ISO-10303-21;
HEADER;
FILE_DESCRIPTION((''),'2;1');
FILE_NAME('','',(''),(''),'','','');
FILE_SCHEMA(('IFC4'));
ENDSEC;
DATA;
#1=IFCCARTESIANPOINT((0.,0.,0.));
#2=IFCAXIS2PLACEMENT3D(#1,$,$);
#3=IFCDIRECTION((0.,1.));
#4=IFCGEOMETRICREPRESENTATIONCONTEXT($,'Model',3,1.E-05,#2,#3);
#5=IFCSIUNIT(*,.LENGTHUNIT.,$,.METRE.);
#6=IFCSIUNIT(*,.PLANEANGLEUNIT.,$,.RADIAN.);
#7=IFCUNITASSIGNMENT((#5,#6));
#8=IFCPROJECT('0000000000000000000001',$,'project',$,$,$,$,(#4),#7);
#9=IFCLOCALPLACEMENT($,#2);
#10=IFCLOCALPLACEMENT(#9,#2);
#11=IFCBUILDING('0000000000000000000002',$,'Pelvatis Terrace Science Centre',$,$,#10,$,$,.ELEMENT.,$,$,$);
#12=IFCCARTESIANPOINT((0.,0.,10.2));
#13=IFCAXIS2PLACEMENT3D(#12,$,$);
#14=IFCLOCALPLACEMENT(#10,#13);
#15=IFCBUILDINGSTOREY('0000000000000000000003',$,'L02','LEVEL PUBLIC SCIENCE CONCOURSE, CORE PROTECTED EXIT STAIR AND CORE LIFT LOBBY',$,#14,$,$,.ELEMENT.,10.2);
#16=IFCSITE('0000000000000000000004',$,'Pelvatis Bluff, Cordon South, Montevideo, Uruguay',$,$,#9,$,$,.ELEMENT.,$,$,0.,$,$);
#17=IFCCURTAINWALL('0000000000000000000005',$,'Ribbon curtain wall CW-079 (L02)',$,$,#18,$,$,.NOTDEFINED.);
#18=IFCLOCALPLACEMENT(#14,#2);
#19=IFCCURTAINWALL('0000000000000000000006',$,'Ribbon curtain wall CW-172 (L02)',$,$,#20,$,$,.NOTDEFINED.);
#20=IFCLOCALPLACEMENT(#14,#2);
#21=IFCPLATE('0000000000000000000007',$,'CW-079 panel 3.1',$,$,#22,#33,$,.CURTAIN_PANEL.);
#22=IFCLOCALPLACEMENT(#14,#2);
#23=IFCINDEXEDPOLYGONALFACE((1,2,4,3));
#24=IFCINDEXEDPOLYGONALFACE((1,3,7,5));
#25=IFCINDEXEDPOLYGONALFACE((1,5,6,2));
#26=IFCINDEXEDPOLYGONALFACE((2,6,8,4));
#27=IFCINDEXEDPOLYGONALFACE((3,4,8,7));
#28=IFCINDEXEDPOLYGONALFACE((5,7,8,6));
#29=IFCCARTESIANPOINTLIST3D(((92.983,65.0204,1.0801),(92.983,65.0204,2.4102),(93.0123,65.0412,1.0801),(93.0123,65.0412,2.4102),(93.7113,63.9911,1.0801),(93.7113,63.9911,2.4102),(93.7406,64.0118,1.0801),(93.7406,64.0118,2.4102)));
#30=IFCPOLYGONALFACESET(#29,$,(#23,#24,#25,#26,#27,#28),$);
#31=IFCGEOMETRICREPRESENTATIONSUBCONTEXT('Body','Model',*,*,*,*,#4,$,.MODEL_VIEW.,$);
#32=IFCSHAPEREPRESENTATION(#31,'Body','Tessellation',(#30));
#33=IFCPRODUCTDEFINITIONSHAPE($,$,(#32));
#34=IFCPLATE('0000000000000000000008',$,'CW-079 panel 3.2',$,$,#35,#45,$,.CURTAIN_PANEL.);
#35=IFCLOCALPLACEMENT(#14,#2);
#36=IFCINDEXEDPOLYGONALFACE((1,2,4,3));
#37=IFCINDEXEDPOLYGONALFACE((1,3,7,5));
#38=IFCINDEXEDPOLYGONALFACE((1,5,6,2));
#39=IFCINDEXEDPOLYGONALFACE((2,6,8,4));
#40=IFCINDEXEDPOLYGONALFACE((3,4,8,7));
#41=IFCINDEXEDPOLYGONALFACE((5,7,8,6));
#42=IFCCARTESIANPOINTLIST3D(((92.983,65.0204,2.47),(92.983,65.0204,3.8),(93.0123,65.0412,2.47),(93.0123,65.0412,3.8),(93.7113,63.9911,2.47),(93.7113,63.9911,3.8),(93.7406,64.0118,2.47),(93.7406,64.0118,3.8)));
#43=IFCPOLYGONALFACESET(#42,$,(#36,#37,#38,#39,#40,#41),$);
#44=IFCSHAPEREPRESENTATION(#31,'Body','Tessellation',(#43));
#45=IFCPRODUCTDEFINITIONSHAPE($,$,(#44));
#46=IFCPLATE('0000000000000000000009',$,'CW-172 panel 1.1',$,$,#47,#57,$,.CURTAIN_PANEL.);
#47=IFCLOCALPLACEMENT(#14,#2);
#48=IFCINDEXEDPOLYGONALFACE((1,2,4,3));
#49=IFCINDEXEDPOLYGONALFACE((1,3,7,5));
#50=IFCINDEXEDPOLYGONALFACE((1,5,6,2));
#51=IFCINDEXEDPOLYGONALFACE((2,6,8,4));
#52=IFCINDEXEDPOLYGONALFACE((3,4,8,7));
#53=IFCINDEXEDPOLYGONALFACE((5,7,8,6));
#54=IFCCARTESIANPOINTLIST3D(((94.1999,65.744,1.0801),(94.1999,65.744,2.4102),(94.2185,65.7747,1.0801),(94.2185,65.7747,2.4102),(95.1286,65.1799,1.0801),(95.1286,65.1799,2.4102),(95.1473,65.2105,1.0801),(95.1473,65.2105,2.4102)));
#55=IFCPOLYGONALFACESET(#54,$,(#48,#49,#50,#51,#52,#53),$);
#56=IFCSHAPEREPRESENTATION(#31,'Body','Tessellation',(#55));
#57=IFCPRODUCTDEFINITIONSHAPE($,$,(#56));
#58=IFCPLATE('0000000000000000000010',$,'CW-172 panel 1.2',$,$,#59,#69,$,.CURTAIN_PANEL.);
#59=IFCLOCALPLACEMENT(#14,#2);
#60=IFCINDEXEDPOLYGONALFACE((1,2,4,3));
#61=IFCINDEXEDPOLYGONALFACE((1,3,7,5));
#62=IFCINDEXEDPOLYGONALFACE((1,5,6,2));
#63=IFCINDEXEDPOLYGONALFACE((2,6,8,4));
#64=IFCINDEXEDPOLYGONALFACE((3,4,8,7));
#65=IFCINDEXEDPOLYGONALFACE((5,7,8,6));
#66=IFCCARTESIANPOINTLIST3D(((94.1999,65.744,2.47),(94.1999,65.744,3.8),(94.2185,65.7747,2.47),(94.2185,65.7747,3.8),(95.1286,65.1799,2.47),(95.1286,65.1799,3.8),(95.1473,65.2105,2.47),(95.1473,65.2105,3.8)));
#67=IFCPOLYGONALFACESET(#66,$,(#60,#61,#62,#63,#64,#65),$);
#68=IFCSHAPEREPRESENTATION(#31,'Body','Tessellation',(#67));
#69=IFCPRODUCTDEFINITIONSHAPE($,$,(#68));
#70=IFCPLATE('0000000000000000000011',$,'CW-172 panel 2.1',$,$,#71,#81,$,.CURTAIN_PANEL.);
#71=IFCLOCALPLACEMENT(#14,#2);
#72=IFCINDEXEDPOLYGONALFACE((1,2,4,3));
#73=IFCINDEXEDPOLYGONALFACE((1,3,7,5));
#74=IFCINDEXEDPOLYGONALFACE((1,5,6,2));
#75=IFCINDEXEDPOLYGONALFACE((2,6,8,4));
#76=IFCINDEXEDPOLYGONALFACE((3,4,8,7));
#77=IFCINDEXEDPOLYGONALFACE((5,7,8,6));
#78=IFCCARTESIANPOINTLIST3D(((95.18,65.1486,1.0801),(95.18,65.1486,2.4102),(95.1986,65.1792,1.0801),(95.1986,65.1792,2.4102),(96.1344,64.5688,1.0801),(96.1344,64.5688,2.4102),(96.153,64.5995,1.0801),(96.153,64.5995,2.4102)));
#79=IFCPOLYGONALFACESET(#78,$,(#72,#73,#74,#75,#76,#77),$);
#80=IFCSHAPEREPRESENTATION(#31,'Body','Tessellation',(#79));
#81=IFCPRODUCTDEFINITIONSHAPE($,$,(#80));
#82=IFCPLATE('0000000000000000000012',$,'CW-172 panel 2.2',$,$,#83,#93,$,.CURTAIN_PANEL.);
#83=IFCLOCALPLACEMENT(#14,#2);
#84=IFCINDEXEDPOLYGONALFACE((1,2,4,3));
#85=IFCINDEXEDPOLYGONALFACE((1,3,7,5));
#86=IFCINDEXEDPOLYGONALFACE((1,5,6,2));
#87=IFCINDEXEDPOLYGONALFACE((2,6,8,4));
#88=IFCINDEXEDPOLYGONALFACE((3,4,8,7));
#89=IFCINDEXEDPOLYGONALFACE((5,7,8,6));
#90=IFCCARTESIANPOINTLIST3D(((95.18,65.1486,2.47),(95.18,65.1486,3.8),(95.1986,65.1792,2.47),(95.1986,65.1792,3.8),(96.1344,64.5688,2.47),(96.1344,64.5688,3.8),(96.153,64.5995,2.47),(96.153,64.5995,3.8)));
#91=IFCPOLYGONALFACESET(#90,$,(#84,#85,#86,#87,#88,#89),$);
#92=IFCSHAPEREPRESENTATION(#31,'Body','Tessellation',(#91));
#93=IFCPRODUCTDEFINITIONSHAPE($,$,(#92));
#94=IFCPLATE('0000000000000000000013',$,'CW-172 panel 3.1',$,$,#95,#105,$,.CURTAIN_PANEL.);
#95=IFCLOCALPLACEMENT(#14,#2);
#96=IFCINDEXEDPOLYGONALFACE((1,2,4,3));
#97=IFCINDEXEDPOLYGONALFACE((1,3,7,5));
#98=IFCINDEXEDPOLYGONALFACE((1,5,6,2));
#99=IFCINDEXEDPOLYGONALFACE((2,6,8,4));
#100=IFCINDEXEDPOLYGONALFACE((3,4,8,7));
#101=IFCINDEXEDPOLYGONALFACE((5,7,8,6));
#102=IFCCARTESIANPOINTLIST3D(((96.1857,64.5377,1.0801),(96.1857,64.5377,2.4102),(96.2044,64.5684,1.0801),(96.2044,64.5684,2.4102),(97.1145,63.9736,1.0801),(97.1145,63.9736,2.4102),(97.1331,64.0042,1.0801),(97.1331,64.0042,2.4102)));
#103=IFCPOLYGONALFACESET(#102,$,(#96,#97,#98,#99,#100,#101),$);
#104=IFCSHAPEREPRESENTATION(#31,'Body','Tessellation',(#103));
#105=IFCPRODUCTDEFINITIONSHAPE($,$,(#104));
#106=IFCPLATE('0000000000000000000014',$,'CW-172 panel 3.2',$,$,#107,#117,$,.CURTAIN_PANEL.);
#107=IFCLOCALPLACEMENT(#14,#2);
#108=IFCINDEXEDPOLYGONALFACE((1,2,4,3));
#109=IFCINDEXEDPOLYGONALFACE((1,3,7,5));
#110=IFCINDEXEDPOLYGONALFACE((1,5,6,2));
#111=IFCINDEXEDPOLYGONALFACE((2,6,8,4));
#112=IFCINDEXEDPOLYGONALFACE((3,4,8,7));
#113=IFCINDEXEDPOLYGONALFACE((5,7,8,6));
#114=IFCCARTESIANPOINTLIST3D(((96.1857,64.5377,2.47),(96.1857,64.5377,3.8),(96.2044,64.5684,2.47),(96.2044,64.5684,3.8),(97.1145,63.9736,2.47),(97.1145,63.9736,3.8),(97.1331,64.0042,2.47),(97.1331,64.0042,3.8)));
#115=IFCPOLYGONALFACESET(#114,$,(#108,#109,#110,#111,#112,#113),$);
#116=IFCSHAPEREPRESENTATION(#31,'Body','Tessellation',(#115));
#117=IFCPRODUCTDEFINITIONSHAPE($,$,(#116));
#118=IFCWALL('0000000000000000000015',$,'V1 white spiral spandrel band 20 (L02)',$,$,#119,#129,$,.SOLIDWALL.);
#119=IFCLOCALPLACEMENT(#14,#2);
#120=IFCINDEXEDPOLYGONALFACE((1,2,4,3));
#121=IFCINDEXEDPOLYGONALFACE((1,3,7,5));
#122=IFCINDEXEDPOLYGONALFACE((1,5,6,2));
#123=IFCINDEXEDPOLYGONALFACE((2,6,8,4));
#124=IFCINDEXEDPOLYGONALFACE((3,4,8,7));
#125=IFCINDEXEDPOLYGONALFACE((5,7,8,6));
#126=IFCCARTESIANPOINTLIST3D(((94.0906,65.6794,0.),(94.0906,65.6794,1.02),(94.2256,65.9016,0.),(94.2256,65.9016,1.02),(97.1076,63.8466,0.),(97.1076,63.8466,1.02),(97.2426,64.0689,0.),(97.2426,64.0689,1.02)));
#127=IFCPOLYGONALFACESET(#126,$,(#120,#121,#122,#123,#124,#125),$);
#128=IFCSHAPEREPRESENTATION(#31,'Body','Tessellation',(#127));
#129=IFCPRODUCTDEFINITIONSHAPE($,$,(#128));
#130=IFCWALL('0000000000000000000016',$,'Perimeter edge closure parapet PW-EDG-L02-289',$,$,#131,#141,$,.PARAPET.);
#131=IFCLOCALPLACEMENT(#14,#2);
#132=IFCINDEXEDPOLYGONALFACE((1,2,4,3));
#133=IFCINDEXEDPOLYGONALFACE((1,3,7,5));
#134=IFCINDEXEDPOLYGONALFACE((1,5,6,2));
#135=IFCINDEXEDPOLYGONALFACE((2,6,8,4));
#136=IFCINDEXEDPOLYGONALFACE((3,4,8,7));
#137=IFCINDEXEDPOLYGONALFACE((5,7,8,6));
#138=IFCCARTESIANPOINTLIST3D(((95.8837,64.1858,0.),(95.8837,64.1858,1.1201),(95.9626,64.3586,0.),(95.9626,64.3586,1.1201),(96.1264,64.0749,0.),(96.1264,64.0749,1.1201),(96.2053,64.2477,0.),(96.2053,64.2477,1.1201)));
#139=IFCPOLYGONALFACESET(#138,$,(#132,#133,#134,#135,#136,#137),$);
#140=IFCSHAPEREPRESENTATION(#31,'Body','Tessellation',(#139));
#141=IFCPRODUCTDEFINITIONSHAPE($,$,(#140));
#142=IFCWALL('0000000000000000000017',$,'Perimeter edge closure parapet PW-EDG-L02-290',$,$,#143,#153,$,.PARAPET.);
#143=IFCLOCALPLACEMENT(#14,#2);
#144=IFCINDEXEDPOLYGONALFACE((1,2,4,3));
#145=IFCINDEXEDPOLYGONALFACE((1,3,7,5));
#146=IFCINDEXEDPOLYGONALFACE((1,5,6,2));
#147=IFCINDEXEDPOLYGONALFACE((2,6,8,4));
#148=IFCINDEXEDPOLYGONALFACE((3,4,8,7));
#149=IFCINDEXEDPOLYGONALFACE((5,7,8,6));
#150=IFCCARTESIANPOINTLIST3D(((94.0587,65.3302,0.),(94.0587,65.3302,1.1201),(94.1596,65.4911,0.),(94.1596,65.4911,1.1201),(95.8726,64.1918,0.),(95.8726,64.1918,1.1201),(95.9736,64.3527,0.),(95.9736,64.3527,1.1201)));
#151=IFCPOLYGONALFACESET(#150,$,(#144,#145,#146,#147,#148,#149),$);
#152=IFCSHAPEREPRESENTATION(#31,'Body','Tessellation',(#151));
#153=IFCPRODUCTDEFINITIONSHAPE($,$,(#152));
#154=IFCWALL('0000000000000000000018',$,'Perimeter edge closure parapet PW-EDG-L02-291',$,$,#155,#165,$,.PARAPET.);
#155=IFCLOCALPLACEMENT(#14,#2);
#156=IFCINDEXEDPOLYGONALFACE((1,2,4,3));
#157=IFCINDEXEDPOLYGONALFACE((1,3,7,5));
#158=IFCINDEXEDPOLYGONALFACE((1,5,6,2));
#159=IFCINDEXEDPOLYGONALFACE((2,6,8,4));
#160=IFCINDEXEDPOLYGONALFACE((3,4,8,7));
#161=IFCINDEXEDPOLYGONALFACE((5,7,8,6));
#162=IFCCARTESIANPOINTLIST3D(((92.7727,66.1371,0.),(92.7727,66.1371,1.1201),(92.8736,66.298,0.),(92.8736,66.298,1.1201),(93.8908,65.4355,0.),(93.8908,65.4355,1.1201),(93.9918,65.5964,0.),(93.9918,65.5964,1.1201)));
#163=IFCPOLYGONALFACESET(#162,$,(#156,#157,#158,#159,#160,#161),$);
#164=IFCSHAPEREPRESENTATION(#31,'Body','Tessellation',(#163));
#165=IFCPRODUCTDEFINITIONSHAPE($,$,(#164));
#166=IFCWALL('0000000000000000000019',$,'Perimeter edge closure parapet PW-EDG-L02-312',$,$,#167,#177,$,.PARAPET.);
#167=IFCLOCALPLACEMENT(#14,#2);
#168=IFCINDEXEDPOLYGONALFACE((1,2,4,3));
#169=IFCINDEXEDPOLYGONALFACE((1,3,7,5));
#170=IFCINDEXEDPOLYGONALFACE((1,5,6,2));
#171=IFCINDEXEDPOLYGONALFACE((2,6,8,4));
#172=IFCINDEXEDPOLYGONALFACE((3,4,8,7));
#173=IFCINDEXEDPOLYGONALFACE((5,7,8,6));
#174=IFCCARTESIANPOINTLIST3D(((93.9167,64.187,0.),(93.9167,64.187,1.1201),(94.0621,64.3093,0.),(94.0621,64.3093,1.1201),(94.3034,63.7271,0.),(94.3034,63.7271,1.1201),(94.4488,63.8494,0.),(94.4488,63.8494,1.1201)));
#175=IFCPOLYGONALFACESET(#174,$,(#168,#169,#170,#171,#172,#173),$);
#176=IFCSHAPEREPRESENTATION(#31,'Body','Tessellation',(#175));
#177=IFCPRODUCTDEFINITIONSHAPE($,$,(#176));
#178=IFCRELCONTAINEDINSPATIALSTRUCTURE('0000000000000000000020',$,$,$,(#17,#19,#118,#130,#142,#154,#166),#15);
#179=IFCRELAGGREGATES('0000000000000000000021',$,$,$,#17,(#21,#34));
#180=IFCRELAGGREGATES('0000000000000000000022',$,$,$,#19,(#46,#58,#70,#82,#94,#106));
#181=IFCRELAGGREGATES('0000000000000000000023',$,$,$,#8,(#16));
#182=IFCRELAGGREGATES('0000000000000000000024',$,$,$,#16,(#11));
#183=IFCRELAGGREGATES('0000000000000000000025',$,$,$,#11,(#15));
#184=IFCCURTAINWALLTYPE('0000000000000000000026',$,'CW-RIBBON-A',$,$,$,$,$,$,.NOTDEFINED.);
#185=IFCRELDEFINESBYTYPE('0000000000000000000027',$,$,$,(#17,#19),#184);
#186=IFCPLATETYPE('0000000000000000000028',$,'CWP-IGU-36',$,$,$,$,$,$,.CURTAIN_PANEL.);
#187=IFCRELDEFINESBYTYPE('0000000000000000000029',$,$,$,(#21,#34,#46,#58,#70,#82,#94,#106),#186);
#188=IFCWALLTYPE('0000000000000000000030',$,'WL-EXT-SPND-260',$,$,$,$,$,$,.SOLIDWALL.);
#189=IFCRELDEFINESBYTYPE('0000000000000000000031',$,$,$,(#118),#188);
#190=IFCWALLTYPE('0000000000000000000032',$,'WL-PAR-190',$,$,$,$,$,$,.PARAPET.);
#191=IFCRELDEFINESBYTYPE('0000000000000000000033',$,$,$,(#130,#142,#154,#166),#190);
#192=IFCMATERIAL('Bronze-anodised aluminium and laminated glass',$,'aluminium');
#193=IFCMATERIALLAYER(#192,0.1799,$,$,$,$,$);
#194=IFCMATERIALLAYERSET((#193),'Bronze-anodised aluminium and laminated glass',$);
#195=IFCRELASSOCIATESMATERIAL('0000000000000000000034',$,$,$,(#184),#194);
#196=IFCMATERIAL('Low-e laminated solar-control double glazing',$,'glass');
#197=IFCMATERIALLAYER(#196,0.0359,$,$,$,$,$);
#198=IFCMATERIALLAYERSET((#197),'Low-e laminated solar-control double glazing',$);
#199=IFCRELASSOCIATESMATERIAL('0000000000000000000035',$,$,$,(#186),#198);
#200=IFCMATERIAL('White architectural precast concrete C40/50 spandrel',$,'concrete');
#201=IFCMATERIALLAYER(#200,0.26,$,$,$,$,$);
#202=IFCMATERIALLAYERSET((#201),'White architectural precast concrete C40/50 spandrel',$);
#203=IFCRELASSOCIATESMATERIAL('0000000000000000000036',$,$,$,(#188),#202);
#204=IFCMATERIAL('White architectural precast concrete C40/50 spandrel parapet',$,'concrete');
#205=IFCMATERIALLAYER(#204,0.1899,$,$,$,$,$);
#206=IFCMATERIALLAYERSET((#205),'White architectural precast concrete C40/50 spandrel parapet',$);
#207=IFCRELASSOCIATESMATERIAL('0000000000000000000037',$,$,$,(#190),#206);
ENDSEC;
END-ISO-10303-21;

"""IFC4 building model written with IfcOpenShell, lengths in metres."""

from ifc_helpers import new_model, si_unit, direction, frame, frame_2d, origin, origin_2d, place, context, subcontext, project, spatial, rectangle, extrude, material, layer, layer_set, type_object, element, aggregate, save


model = new_model("IFC4")

# Units and contexts
model_context = context("Model", 3, precision=1e-05, world=origin(), true_north=direction((0.0, 1.0)))
body_context = subcontext(model_context, "Body", "Model", "MODEL_VIEW")
ifc_project = project(units=[si_unit("LENGTHUNIT", "METRE"), si_unit("PLANEANGLEUNIT", "RADIAN")], contexts=[model_context])

# Site, building, storey
site_placement = place(None, origin())
site = spatial("IfcSite", under=ifc_project, at=site_placement, Name="Pelvatis Bluff, Cordon South, Montevideo, Uruguay", CompositionType="ELEMENT", RefElevation=0.0)
building_placement = place(site_placement, origin())
building = spatial("IfcBuilding", under=site, at=building_placement, Name="Pelvatis Terrace Science Centre", CompositionType="ELEMENT")
storey_placement = place(building_placement, frame((0.0, 0.0, 10.2)))
storey = spatial("IfcBuildingStorey", under=building, at=storey_placement, Name="L02", Description="LEVEL PUBLIC SCIENCE CONCOURSE, CORE PROTECTED EXIT STAIR AND CORE LIFT LOBBY", CompositionType="ELEMENT", Elevation=10.2)

# Curtain wall
ifc_material_1 = material(Name="Bronze-anodised aluminium and laminated glass", Category="aluminium")
ifc_layer_1 = layer(ifc_material_1, 0.1799)
ifc_layer_set_1 = layer_set([ifc_layer_1], Name="Bronze-anodised aluminium and laminated glass")
curtain_wall_type = type_object("IfcCurtainWallType", Name="CW-RIBBON-A", PredefinedType="NOTDEFINED", material=ifc_layer_set_1)
curtain_wall_1_placement = place(storey_placement, origin())
curtain_wall_1 = element("IfcCurtainWall", 1, at=curtain_wall_1_placement, inside=storey, type_object=curtain_wall_type, Name="Ribbon curtain wall CW-079 (L02)", PredefinedType="NOTDEFINED")

# Curtain wall
curtain_wall_2_placement = place(storey_placement, origin())
curtain_wall_2 = element("IfcCurtainWall", 2, at=curtain_wall_2_placement, inside=storey, type_object=curtain_wall_type, Name="Ribbon curtain wall CW-172 (L02)", PredefinedType="NOTDEFINED")

# Plates
ifc_material_2 = material(Name="Low-e laminated solar-control double glazing", Category="glass")
ifc_layer_2 = layer(ifc_material_2, 0.0359)
ifc_layer_set_2 = layer_set([ifc_layer_2], Name="Low-e laminated solar-control double glazing")
plate_type = type_object("IfcPlateType", Name="CWP-IGU-36", PredefinedType="CURTAIN_PANEL", material=ifc_layer_set_2)
plate_1_placement = place(storey_placement, frame((93.3618, 64.5161, 1.0801), z_axis=(0.0, 0.0, 1.0), x_axis=(-0.577591, 0.816326, 0.0)))
plate_1 = element("IfcPlate", 3, at=plate_1_placement, type_object=plate_type, Name="CW-079 panel 3.1", PredefinedType="CURTAIN_PANEL", context=body_context, shape_type="SweptSolid", body=[
    extrude(rectangle(XDim=1.261, YDim=0.0359, at=origin_2d()), origin(), (0.0, 0.0, 1.0), 1.3301),
])
plate_2_placement = place(storey_placement, frame((93.3618, 64.5161, 2.47), z_axis=(0.0, 0.0, 1.0), x_axis=(-0.577591, 0.816326, 0.0)))
plate_2 = element("IfcPlate", 4, at=plate_2_placement, type_object=plate_type, Name="CW-079 panel 3.2", PredefinedType="CURTAIN_PANEL", context=body_context, shape_type="SweptSolid", body=[
    extrude(rectangle(XDim=1.261, YDim=0.0359, at=origin_2d()), origin(), (0.0, 0.0, 1.0), 1.3301),
])
aggregate(curtain_wall_1, [plate_1, plate_2])
plate_3_placement = place(storey_placement, frame((94.6736, 65.4773, 1.0801), z_axis=(0.0, 0.0, 1.0), x_axis=(0.854663, -0.519183, 0.0)))
plate_3 = element("IfcPlate", 5, at=plate_3_placement, type_object=plate_type, Name="CW-172 panel 1.1", PredefinedType="CURTAIN_PANEL", context=body_context, shape_type="SweptSolid", body=[
    extrude(rectangle(XDim=1.0867, YDim=0.0359, at=origin_2d()), origin(), (0.0, 0.0, 1.0), 1.3301),
])
plate_4_placement = place(storey_placement, frame((94.6736, 65.4773, 2.47), z_axis=(0.0, 0.0, 1.0), x_axis=(0.854663, -0.519183, 0.0)))
plate_4 = element("IfcPlate", 6, at=plate_4_placement, type_object=plate_type, Name="CW-172 panel 1.2", PredefinedType="CURTAIN_PANEL", context=body_context, shape_type="SweptSolid", body=[
    extrude(rectangle(XDim=1.0867, YDim=0.0359, at=origin_2d()), origin(), (0.0, 0.0, 1.0), 1.3301),
])
plate_5_placement = place(storey_placement, frame((95.6665, 64.874, 1.0801), z_axis=(0.0, 0.0, 1.0), x_axis=(0.854663, -0.519183, 0.0)))
plate_5 = element("IfcPlate", 7, at=plate_5_placement, type_object=plate_type, Name="CW-172 panel 2.1", PredefinedType="CURTAIN_PANEL", context=body_context, shape_type="SweptSolid", body=[
    extrude(rectangle(XDim=1.1167, YDim=0.0359, at=origin_2d()), origin(), (0.0, 0.0, 1.0), 1.3301),
])
plate_6_placement = place(storey_placement, frame((95.6665, 64.874, 2.47), z_axis=(0.0, 0.0, 1.0), x_axis=(0.854663, -0.519183, 0.0)))
plate_6 = element("IfcPlate", 8, at=plate_6_placement, type_object=plate_type, Name="CW-172 panel 2.2", PredefinedType="CURTAIN_PANEL", context=body_context, shape_type="SweptSolid", body=[
    extrude(rectangle(XDim=1.1167, YDim=0.0359, at=origin_2d()), origin(), (0.0, 0.0, 1.0), 1.3301),
])
plate_7_placement = place(storey_placement, frame((96.6594, 64.271, 1.0801), z_axis=(0.0, 0.0, 1.0), x_axis=(0.854663, -0.519183, 0.0)))
plate_7 = element("IfcPlate", 9, at=plate_7_placement, type_object=plate_type, Name="CW-172 panel 3.1", PredefinedType="CURTAIN_PANEL", context=body_context, shape_type="SweptSolid", body=[
    extrude(rectangle(XDim=1.0867, YDim=0.0359, at=origin_2d()), origin(), (0.0, 0.0, 1.0), 1.3301),
])
plate_8_placement = place(storey_placement, frame((96.6594, 64.271, 2.47), z_axis=(0.0, 0.0, 1.0), x_axis=(0.854663, -0.519183, 0.0)))
plate_8 = element("IfcPlate", 10, at=plate_8_placement, type_object=plate_type, Name="CW-172 panel 3.2", PredefinedType="CURTAIN_PANEL", context=body_context, shape_type="SweptSolid", body=[
    extrude(rectangle(XDim=1.0867, YDim=0.0359, at=origin_2d()), origin(), (0.0, 0.0, 1.0), 1.3301),
])
aggregate(curtain_wall_2, [plate_3, plate_4, plate_5, plate_6, plate_7, plate_8])

# Walls
ifc_material_3 = material(Name="White architectural precast concrete C40/50 spandrel", Category="concrete")
ifc_layer_3 = layer(ifc_material_3, 0.26)
ifc_layer_set_3 = layer_set([ifc_layer_3], Name="White architectural precast concrete C40/50 spandrel")
wall_type_1 = type_object("IfcWallType", Name="WL-EXT-SPND-260", PredefinedType="SOLIDWALL", material=ifc_layer_set_3)
wall_1_placement = place(storey_placement, frame((94.158, 65.7905, 0.0), z_axis=(0.0, 0.0, 1.0), x_axis=(0.854667, -0.519177, 0.0)))
element("IfcWall", 11, at=wall_1_placement, inside=storey, type_object=wall_type_1, Name="V1 white spiral spandrel band 20 (L02)", PredefinedType="SOLIDWALL", context=body_context, shape_type="SweptSolid", body=[
    extrude(rectangle(XDim=3.53, YDim=0.26, at=frame_2d((1.7651, 0.0))), origin(), (0.0, 0.0, 1.0), 1.02),
])
ifc_material_4 = material(Name="White architectural precast concrete C40/50 spandrel parapet", Category="concrete")
ifc_layer_4 = layer(ifc_material_4, 0.1899)
ifc_layer_set_4 = layer_set([ifc_layer_4], Name="White architectural precast concrete C40/50 spandrel parapet")
wall_type_2 = type_object("IfcWallType", Name="WL-PAR-190", PredefinedType="PARAPET", material=ifc_layer_set_4)
wall_2_placement = place(storey_placement, frame((96.1658, 64.1614, 0.0), z_axis=(0.0, 0.0, 1.0), x_axis=(-0.909613, 0.415457, 0.0)))
element("IfcWall", 12, at=wall_2_placement, inside=storey, type_object=wall_type_2, Name="Perimeter edge closure parapet PW-EDG-L02-289", PredefinedType="PARAPET", context=body_context, shape_type="SweptSolid", body=[
    extrude(rectangle(XDim=0.2668, YDim=0.1899, at=frame_2d((0.1333, 0.0))), origin(), (0.0, 0.0, 1.0), 1.1201),
])
wall_3_placement = place(storey_placement, frame((95.9231, 64.2722, 0.0), z_axis=(0.0, 0.0, 1.0), x_axis=(-0.847011, 0.531576, 0.0)))
element("IfcWall", 13, at=wall_3_placement, inside=storey, type_object=wall_type_2, Name="Perimeter edge closure parapet PW-EDG-L02-290", PredefinedType="PARAPET", context=body_context, shape_type="SweptSolid", body=[
    extrude(rectangle(XDim=2.1416, YDim=0.1899, at=frame_2d((1.0708, 0.0))), origin(), (0.0, 0.0, 1.0), 1.1201),
])
wall_4_placement = place(storey_placement, frame((93.9414, 65.5159, 0.0), z_axis=(0.0, 0.0, 1.0), x_axis=(-0.847041, 0.531527, 0.0)))
element("IfcWall", 14, at=wall_4_placement, inside=storey, type_object=wall_type_2, Name="Perimeter edge closure parapet PW-EDG-L02-291", PredefinedType="PARAPET", context=body_context, shape_type="SweptSolid", body=[
    extrude(rectangle(XDim=1.3201, YDim=0.1899, at=frame_2d((0.6602, 0.0))), origin(), (0.0, 0.0, 1.0), 1.1201),
])
wall_5_placement = place(storey_placement, frame((93.9895, 64.248, 0.0), z_axis=(0.0, 0.0, 1.0), x_axis=(0.643535, -0.765417, 0.0)))
element("IfcWall", 15, at=wall_5_placement, inside=storey, type_object=wall_type_2, Name="Perimeter edge closure parapet PW-EDG-L02-312", PredefinedType="PARAPET", context=body_context, shape_type="SweptSolid", body=[
    extrude(rectangle(XDim=0.6008, YDim=0.1899, at=frame_2d((0.3003, 0.0))), origin(), (0.0, 0.0, 1.0), 1.1201),
])

save(model, "model.ifc")
